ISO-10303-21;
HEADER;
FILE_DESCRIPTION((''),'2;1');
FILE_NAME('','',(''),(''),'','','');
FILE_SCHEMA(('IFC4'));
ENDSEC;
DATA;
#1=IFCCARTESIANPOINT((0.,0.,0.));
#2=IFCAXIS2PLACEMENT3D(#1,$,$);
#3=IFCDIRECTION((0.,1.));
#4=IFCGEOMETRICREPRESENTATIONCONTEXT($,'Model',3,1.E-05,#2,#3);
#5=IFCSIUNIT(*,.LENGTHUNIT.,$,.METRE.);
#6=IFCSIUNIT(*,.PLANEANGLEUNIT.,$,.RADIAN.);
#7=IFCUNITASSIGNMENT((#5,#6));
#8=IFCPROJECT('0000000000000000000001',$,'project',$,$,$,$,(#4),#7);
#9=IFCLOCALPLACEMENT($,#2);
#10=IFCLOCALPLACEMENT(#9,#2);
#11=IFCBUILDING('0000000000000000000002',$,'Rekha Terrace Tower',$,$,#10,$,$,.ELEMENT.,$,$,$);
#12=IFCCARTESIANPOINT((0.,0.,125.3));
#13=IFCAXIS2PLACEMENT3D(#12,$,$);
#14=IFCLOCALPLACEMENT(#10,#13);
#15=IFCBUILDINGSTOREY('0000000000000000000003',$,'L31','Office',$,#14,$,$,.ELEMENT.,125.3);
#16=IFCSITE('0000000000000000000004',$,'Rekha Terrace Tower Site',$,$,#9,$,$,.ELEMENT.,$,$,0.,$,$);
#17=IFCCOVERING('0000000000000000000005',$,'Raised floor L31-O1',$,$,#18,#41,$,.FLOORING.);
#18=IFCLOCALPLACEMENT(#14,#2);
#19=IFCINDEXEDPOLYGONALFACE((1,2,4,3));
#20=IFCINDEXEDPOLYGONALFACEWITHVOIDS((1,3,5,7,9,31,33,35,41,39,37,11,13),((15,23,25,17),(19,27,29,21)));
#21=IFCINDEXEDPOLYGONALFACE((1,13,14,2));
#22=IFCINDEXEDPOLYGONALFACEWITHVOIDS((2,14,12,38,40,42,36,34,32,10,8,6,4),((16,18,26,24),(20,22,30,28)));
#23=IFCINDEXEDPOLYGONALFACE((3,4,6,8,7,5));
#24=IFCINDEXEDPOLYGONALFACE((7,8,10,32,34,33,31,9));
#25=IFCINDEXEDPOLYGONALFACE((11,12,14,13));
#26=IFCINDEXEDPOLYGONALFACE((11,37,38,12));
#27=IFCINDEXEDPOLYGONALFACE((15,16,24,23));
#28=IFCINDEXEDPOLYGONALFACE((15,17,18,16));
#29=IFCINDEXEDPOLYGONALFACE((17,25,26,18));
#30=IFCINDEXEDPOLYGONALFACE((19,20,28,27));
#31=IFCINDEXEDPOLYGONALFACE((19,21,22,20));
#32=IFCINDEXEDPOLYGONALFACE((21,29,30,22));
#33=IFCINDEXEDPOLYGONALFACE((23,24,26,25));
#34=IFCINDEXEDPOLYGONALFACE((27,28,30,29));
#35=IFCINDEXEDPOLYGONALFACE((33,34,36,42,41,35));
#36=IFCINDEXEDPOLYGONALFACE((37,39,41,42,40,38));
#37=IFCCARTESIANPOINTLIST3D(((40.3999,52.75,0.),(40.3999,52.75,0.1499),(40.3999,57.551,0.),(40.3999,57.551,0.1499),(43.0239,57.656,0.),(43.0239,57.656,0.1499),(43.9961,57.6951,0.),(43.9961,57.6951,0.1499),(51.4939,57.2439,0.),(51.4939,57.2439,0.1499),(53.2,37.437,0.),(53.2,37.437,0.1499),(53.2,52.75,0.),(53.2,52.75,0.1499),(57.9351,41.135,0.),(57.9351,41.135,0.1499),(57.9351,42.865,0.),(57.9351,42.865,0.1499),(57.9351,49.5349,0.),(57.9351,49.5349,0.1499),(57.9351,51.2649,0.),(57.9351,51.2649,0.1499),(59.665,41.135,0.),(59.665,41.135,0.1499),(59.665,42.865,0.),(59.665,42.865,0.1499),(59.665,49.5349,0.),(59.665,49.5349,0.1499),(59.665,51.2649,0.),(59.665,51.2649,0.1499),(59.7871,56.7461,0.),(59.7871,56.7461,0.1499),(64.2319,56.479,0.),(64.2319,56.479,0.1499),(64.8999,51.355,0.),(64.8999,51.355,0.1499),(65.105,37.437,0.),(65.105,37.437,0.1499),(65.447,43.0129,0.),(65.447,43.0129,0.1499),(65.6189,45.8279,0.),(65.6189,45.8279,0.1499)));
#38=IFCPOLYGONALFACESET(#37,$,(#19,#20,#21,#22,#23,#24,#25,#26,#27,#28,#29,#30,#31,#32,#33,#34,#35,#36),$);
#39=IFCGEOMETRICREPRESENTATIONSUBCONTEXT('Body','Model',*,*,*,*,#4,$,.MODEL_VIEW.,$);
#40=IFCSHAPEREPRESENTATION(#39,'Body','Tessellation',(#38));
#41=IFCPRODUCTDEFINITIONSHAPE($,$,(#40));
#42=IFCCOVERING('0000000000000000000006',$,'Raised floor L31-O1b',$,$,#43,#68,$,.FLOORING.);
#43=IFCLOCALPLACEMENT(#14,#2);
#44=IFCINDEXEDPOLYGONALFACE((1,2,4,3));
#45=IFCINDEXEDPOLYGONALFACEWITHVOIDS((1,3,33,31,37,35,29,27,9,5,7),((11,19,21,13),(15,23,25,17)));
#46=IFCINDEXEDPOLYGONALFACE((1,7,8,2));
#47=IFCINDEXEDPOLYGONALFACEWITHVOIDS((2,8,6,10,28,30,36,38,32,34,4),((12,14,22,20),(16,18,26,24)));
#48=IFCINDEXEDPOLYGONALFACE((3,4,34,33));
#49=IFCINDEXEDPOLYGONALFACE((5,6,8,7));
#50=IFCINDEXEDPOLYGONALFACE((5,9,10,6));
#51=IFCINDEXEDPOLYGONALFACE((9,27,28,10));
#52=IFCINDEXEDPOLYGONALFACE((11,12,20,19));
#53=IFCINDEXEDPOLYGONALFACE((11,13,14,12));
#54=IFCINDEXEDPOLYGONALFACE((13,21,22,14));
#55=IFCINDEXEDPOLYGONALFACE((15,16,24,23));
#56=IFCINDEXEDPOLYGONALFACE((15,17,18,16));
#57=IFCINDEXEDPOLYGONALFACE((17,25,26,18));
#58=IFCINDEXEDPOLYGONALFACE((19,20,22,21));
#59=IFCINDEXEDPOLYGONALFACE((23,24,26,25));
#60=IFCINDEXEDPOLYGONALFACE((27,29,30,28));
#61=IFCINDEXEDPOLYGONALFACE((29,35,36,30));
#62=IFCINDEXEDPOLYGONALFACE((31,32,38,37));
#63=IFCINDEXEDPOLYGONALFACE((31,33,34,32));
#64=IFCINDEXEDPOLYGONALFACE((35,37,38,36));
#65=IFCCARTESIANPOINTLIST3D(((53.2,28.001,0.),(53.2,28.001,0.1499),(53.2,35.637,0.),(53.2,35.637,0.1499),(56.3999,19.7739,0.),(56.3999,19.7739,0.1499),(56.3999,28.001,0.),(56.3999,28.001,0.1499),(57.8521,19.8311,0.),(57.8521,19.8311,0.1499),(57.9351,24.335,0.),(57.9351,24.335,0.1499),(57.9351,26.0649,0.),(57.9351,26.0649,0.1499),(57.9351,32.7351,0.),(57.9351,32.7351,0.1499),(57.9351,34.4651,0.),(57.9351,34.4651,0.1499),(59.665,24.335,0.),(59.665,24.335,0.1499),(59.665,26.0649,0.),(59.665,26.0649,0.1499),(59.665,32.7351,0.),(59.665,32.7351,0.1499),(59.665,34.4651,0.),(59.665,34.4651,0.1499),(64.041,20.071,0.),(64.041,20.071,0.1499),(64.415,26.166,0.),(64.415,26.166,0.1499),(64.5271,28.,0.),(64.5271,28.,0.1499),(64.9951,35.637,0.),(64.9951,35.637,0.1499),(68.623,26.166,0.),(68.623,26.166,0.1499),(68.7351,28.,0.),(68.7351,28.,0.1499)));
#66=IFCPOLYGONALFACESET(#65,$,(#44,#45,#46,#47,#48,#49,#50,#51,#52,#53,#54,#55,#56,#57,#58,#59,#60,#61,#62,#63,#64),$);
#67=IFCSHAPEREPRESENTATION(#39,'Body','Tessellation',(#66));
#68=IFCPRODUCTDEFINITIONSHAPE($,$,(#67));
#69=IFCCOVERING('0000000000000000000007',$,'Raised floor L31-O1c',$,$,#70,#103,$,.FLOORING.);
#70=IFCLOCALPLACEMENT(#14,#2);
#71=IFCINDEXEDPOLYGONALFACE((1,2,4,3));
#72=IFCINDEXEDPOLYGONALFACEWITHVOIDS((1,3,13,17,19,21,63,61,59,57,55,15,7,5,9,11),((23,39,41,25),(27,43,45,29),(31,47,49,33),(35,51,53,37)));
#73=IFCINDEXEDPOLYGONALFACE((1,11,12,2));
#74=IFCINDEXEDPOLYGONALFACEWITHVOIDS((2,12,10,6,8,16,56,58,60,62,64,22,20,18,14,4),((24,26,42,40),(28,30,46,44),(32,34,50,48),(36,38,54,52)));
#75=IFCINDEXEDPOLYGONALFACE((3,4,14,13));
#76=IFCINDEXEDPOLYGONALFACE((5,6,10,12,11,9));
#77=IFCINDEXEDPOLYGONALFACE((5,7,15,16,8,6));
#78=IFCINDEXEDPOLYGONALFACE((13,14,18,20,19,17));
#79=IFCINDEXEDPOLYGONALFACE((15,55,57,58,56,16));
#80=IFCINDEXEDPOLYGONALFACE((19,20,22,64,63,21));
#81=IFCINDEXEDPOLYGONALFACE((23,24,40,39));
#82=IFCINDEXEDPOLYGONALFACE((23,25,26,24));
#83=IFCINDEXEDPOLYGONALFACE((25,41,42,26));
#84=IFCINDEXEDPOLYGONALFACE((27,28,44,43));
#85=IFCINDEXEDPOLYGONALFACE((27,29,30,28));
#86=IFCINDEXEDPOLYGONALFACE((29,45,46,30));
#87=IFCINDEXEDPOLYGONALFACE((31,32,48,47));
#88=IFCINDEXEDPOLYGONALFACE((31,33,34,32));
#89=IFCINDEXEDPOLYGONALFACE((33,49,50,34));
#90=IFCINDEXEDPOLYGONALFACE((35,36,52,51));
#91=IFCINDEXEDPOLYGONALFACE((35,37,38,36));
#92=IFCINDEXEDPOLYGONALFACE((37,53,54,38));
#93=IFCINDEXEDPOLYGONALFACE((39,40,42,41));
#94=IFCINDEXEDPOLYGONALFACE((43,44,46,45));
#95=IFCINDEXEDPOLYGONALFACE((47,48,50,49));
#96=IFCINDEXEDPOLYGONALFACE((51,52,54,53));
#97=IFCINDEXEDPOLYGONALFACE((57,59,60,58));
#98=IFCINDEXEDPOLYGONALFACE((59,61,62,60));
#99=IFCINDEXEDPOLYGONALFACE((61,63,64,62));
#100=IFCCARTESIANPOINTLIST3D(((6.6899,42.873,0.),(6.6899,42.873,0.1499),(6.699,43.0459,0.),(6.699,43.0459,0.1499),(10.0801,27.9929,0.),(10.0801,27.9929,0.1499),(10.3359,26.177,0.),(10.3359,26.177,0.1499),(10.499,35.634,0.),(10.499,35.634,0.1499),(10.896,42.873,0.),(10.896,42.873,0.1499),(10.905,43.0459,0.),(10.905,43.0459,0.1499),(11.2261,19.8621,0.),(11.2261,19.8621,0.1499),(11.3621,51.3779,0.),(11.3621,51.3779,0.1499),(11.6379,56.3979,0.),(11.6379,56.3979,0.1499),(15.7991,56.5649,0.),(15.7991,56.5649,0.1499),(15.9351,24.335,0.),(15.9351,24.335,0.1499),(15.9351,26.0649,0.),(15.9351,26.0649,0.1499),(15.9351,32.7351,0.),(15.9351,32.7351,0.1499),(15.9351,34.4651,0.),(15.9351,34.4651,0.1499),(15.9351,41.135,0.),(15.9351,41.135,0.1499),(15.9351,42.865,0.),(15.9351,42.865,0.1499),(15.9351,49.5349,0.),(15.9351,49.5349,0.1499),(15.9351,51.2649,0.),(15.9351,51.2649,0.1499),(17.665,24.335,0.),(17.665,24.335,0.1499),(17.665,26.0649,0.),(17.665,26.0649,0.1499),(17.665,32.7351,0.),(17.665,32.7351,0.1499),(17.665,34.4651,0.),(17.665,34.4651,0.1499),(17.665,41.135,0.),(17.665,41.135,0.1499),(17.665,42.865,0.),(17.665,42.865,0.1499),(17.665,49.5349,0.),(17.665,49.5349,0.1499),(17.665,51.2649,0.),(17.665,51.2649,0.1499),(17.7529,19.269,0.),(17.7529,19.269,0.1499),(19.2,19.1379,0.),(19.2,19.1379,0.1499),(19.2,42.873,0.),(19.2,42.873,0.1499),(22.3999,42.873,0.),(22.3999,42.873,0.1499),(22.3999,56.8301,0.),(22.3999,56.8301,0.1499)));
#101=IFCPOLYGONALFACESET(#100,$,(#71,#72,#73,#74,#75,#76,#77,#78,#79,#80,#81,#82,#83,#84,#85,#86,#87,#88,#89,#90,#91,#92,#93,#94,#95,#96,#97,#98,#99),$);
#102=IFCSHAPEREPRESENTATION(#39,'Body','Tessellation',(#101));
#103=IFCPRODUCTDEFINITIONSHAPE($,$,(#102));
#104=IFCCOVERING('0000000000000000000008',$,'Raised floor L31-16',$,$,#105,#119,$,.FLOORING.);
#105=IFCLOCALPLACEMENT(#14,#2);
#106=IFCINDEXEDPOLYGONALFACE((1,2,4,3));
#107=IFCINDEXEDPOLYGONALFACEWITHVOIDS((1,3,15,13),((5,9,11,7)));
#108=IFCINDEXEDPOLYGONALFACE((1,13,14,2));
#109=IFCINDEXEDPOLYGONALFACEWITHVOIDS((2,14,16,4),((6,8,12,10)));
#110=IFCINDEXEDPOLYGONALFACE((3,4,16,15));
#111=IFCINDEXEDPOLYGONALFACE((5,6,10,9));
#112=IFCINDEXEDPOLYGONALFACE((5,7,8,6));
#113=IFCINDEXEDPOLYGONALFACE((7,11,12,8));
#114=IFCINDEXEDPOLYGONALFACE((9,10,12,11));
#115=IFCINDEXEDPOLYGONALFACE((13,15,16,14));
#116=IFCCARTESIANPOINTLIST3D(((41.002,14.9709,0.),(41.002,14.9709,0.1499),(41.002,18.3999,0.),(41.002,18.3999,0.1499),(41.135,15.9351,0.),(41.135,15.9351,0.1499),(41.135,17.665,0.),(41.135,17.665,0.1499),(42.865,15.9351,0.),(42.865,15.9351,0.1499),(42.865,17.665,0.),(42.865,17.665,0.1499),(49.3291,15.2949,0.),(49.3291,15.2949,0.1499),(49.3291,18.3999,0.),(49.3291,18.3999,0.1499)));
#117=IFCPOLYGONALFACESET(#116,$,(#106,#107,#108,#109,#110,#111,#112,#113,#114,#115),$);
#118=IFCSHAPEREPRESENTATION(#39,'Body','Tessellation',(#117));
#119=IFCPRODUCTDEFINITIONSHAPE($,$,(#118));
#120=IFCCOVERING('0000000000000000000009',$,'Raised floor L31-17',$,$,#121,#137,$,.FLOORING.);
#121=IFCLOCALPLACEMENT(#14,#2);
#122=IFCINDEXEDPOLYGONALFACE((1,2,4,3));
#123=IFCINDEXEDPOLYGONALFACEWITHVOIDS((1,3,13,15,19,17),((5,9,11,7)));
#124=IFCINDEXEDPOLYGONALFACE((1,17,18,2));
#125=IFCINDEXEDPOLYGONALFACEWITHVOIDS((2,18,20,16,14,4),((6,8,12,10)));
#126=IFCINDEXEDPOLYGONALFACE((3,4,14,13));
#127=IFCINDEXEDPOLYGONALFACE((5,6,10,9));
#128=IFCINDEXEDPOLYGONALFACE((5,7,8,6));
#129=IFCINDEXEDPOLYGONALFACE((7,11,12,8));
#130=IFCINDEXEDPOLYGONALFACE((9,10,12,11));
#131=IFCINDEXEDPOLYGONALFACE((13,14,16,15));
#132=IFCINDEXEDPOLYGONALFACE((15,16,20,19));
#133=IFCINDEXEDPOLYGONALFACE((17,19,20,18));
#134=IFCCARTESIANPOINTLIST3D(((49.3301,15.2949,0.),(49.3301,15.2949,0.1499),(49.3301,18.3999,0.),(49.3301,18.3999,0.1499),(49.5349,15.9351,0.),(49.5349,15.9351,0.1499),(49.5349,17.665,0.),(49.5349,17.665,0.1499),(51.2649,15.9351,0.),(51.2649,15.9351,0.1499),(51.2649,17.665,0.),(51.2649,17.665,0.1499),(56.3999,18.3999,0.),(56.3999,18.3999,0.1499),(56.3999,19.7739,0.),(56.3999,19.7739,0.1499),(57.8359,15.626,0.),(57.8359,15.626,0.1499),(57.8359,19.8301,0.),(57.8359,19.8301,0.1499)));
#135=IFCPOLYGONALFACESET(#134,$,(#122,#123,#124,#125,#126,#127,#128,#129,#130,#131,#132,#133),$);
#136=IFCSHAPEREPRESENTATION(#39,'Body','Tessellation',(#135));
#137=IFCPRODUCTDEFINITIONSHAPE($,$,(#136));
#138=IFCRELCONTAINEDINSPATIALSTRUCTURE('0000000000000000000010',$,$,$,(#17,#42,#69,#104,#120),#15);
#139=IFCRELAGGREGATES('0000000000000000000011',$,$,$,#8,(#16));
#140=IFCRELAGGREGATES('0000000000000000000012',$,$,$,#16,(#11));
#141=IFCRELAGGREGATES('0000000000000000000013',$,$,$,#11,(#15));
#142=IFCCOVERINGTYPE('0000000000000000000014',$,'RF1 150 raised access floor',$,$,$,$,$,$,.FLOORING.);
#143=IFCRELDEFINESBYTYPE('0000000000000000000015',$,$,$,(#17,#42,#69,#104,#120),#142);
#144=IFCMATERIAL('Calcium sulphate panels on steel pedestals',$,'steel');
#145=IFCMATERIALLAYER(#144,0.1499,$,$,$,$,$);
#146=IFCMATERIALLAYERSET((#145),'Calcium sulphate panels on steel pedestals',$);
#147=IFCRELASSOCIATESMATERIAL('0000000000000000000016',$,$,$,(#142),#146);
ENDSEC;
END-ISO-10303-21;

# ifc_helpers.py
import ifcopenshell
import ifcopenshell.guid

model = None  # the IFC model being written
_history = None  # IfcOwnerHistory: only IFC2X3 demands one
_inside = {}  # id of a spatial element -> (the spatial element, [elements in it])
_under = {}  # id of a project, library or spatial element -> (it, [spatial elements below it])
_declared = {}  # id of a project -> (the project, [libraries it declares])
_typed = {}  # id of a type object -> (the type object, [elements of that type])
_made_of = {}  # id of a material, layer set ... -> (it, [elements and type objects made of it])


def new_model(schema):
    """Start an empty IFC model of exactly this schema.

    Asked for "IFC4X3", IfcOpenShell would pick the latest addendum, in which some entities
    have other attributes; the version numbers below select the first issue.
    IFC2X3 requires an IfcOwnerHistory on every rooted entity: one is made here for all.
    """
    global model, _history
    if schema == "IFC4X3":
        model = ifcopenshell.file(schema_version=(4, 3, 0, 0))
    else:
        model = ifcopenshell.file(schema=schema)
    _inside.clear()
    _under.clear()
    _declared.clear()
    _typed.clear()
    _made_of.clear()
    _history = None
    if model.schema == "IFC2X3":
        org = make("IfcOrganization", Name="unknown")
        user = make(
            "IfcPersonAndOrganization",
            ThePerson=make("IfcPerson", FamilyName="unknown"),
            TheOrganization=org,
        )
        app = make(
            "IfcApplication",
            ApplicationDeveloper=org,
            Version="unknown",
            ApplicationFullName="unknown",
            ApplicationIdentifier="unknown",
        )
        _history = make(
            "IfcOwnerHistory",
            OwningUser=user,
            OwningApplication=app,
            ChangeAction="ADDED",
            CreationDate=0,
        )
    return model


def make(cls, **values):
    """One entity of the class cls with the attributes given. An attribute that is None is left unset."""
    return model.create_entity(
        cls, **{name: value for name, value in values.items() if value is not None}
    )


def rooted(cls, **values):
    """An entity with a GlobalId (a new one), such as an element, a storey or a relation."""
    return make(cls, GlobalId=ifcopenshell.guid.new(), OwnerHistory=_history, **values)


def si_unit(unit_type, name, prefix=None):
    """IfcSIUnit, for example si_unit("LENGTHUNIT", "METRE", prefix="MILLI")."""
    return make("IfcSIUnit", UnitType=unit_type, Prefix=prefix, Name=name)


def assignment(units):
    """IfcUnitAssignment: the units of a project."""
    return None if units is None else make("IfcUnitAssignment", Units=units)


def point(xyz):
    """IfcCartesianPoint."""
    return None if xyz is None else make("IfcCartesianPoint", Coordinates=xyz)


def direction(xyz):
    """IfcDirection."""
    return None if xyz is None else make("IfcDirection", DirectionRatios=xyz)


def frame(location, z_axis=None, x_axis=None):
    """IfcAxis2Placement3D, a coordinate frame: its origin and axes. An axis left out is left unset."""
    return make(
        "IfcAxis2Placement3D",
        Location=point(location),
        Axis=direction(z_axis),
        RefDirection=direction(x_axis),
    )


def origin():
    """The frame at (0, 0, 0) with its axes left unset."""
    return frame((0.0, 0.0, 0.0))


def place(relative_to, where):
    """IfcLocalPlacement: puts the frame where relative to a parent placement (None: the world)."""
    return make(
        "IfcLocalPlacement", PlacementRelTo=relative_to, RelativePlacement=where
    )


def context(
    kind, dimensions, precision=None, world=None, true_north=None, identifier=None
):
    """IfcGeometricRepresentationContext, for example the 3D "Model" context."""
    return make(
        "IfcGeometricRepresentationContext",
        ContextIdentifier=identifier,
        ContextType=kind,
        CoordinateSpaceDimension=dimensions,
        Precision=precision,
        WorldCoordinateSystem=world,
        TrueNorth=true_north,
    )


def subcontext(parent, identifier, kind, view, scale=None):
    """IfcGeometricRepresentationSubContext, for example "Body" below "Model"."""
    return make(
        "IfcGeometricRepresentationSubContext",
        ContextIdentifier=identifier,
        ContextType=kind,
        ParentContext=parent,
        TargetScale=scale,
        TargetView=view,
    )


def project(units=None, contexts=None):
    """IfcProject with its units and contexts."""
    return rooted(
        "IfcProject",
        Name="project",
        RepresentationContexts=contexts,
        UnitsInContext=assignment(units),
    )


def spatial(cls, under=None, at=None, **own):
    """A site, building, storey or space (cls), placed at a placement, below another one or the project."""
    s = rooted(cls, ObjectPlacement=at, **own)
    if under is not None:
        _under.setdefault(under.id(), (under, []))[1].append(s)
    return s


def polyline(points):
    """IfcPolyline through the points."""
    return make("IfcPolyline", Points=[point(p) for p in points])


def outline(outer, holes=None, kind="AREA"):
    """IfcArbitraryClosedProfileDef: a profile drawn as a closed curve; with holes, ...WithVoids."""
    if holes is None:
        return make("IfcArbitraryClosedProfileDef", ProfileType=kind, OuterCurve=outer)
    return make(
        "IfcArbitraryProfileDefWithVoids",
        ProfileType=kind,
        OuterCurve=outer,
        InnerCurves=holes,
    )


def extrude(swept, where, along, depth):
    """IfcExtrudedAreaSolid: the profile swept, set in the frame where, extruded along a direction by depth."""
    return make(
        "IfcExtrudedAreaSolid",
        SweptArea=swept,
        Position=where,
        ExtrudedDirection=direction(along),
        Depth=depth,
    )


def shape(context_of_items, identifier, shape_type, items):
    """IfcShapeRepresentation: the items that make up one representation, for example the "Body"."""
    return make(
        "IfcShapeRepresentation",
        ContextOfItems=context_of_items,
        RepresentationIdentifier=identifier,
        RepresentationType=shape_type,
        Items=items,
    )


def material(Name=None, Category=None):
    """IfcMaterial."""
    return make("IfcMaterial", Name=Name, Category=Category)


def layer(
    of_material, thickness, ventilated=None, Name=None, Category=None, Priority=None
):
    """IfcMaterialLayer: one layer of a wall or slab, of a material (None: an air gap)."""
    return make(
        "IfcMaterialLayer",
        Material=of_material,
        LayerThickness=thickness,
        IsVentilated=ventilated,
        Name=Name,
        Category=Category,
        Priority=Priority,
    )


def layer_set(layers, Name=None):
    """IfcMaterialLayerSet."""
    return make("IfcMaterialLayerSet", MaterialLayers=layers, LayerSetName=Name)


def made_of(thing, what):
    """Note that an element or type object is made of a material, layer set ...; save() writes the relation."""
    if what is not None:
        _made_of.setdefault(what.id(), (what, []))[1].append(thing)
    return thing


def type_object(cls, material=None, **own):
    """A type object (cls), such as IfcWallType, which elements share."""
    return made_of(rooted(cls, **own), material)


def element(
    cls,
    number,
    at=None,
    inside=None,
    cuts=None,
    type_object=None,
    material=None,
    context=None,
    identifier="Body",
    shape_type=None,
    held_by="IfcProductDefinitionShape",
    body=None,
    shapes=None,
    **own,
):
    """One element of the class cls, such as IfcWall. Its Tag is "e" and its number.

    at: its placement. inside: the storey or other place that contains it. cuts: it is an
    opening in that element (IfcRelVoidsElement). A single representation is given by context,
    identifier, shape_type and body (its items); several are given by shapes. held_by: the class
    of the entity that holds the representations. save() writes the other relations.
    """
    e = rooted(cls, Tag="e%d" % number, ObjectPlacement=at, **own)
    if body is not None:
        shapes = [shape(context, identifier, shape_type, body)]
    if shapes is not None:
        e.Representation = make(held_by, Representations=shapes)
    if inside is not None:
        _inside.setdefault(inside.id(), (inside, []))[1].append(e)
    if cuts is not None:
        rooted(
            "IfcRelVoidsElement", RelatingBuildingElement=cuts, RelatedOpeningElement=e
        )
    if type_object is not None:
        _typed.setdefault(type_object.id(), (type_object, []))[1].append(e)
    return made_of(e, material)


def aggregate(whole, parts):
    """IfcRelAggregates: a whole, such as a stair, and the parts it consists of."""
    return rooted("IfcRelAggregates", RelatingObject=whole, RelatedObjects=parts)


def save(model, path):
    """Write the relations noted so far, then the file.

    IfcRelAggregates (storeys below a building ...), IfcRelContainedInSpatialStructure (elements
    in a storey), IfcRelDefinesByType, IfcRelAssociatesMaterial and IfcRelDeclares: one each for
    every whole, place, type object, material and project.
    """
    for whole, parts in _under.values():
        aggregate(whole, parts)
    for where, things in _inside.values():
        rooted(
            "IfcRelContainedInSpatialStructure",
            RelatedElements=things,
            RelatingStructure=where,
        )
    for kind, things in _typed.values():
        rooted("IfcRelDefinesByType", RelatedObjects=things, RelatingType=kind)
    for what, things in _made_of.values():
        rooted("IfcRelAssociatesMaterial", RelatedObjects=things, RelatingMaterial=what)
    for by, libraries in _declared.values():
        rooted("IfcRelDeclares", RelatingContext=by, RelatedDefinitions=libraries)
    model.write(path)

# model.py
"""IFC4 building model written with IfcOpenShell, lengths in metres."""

from ifc_helpers import new_model, si_unit, direction, frame, origin, place, context, subcontext, project, spatial, polyline, outline, extrude, material, layer, layer_set, type_object, element, save


model = new_model("IFC4")

# Units and contexts
model_context = context("Model", 3, precision=1e-05, world=origin(), true_north=direction((0.0, 1.0)))
body_context = subcontext(model_context, "Body", "Model", "MODEL_VIEW")
ifc_project = project(units=[si_unit("LENGTHUNIT", "METRE"), si_unit("PLANEANGLEUNIT", "RADIAN")], contexts=[model_context])

# Site, building, storey
site_placement = place(None, origin())
site = spatial("IfcSite", under=ifc_project, at=site_placement, Name="Rekha Terrace Tower Site", CompositionType="ELEMENT", RefElevation=0.0)
building_placement = place(site_placement, origin())
building = spatial("IfcBuilding", under=site, at=building_placement, Name="Rekha Terrace Tower", CompositionType="ELEMENT")
storey_placement = place(building_placement, frame((0.0, 0.0, 125.3)))
storey = spatial("IfcBuildingStorey", under=building, at=storey_placement, Name="L31", Description="Office", CompositionType="ELEMENT", Elevation=125.3)

# Coverings
ifc_material_1 = material(Name="Calcium sulphate panels on steel pedestals", Category="steel")
ifc_layer_1 = layer(ifc_material_1, 0.1499)
ifc_layer_set_1 = layer_set([ifc_layer_1], Name="Calcium sulphate panels on steel pedestals")
covering_type_1 = type_object("IfcCoveringType", Name="RF1 150 raised access floor", PredefinedType="FLOORING", material=ifc_layer_set_1)
covering_1_placement = place(storey_placement, origin())
element("IfcCovering", 1, at=covering_1_placement, inside=storey, type_object=covering_type_1, Name="Raised floor L31-O1", PredefinedType="FLOORING", context=body_context, shape_type="SweptSolid", body=[
    extrude(outline(polyline([(43.9961, 57.6951), (43.0239, 57.656), (40.3999, 57.551), (40.3999, 52.75), (53.2, 52.75), (53.2, 37.437), (65.105, 37.437), (65.447, 43.0129), (65.6189, 45.8279), (64.8999, 51.355), (64.2319, 56.479), (59.7871, 56.7461), (51.4939, 57.2439), (43.9961, 57.6951)]), holes=[polyline([(59.665, 41.135), (57.9351, 41.135), (57.9351, 42.865), (59.665, 42.865), (59.665, 41.135)]), polyline([(59.665, 49.5349), (57.9351, 49.5349), (57.9351, 51.2649), (59.665, 51.2649), (59.665, 49.5349)])]), origin(), (0.0, 0.0, 1.0), 0.1499),
])
covering_2_placement = place(storey_placement, origin())
element("IfcCovering", 2, at=covering_2_placement, inside=storey, type_object=covering_type_1, Name="Raised floor L31-O1b", PredefinedType="FLOORING", context=body_context, shape_type="SweptSolid", body=[
    extrude(outline(polyline([(64.9951, 35.637), (53.2, 35.637), (53.2, 28.001), (56.3999, 28.001), (56.3999, 19.7739), (57.8521, 19.8311), (64.041, 20.071), (64.415, 26.166), (68.623, 26.166), (68.7351, 28.0), (64.5271, 28.0), (64.9951, 35.637)]), holes=[polyline([(59.665, 26.0649), (59.665, 24.335), (57.9351, 24.335), (57.9351, 26.0649), (59.665, 26.0649)]), polyline([(59.665, 32.7351), (57.9351, 32.7351), (57.9351, 34.4651), (59.665, 34.4651), (59.665, 32.7351)])]), origin(), (0.0, 0.0, 1.0), 0.1499),
])
covering_3_placement = place(storey_placement, origin())
element("IfcCovering", 3, at=covering_3_placement, inside=storey, type_object=covering_type_1, Name="Raised floor L31-O1c", PredefinedType="FLOORING", context=body_context, shape_type="SweptSolid", body=[
    extrude(outline(polyline([(10.0801, 27.9929), (10.3359, 26.177), (11.2261, 19.8621), (17.7529, 19.269), (19.2, 19.1379), (19.2, 42.873), (22.3999, 42.873), (22.3999, 56.8301), (15.7991, 56.5649), (11.6379, 56.3979), (11.3621, 51.3779), (10.905, 43.0459), (6.699, 43.0459), (6.6899, 42.873), (10.896, 42.873), (10.499, 35.634), (10.0801, 27.9929)]), holes=[polyline([(17.665, 26.0649), (17.665, 24.335), (15.9351, 24.335), (15.9351, 26.0649), (17.665, 26.0649)]), polyline([(17.665, 34.4651), (17.665, 32.7351), (15.9351, 32.7351), (15.9351, 34.4651), (17.665, 34.4651)]), polyline([(17.665, 41.135), (15.9351, 41.135), (15.9351, 42.865), (17.665, 42.865), (17.665, 41.135)]), polyline([(17.665, 49.5349), (15.9351, 49.5349), (15.9351, 51.2649), (17.665, 51.2649), (17.665, 49.5349)])]), origin(), (0.0, 0.0, 1.0), 0.1499),
])
covering_4_placement = place(storey_placement, origin())
element("IfcCovering", 4, at=covering_4_placement, inside=storey, type_object=covering_type_1, Name="Raised floor L31-16", PredefinedType="FLOORING", context=body_context, shape_type="SweptSolid", body=[
    extrude(outline(polyline([(41.002, 18.3999), (41.002, 14.9709), (49.3291, 15.2949), (49.3291, 18.3999), (41.002, 18.3999)]), holes=[polyline([(42.865, 17.665), (42.865, 15.9351), (41.135, 15.9351), (41.135, 17.665), (42.865, 17.665)])]), origin(), (0.0, 0.0, 1.0), 0.1499),
])
covering_5_placement = place(storey_placement, origin())
element("IfcCovering", 5, at=covering_5_placement, inside=storey, type_object=covering_type_1, Name="Raised floor L31-17", PredefinedType="FLOORING", context=body_context, shape_type="SweptSolid", body=[
    extrude(outline(polyline([(57.8359, 15.626), (57.8359, 19.8301), (56.3999, 19.7739), (56.3999, 18.3999), (49.3301, 18.3999), (49.3301, 15.2949), (57.8359, 15.626)]), holes=[polyline([(51.2649, 15.9351), (49.5349, 15.9351), (49.5349, 17.665), (51.2649, 17.665), (51.2649, 15.9351)])]), origin(), (0.0, 0.0, 1.0), 0.1499),
])

save(model, "model.ifc")
